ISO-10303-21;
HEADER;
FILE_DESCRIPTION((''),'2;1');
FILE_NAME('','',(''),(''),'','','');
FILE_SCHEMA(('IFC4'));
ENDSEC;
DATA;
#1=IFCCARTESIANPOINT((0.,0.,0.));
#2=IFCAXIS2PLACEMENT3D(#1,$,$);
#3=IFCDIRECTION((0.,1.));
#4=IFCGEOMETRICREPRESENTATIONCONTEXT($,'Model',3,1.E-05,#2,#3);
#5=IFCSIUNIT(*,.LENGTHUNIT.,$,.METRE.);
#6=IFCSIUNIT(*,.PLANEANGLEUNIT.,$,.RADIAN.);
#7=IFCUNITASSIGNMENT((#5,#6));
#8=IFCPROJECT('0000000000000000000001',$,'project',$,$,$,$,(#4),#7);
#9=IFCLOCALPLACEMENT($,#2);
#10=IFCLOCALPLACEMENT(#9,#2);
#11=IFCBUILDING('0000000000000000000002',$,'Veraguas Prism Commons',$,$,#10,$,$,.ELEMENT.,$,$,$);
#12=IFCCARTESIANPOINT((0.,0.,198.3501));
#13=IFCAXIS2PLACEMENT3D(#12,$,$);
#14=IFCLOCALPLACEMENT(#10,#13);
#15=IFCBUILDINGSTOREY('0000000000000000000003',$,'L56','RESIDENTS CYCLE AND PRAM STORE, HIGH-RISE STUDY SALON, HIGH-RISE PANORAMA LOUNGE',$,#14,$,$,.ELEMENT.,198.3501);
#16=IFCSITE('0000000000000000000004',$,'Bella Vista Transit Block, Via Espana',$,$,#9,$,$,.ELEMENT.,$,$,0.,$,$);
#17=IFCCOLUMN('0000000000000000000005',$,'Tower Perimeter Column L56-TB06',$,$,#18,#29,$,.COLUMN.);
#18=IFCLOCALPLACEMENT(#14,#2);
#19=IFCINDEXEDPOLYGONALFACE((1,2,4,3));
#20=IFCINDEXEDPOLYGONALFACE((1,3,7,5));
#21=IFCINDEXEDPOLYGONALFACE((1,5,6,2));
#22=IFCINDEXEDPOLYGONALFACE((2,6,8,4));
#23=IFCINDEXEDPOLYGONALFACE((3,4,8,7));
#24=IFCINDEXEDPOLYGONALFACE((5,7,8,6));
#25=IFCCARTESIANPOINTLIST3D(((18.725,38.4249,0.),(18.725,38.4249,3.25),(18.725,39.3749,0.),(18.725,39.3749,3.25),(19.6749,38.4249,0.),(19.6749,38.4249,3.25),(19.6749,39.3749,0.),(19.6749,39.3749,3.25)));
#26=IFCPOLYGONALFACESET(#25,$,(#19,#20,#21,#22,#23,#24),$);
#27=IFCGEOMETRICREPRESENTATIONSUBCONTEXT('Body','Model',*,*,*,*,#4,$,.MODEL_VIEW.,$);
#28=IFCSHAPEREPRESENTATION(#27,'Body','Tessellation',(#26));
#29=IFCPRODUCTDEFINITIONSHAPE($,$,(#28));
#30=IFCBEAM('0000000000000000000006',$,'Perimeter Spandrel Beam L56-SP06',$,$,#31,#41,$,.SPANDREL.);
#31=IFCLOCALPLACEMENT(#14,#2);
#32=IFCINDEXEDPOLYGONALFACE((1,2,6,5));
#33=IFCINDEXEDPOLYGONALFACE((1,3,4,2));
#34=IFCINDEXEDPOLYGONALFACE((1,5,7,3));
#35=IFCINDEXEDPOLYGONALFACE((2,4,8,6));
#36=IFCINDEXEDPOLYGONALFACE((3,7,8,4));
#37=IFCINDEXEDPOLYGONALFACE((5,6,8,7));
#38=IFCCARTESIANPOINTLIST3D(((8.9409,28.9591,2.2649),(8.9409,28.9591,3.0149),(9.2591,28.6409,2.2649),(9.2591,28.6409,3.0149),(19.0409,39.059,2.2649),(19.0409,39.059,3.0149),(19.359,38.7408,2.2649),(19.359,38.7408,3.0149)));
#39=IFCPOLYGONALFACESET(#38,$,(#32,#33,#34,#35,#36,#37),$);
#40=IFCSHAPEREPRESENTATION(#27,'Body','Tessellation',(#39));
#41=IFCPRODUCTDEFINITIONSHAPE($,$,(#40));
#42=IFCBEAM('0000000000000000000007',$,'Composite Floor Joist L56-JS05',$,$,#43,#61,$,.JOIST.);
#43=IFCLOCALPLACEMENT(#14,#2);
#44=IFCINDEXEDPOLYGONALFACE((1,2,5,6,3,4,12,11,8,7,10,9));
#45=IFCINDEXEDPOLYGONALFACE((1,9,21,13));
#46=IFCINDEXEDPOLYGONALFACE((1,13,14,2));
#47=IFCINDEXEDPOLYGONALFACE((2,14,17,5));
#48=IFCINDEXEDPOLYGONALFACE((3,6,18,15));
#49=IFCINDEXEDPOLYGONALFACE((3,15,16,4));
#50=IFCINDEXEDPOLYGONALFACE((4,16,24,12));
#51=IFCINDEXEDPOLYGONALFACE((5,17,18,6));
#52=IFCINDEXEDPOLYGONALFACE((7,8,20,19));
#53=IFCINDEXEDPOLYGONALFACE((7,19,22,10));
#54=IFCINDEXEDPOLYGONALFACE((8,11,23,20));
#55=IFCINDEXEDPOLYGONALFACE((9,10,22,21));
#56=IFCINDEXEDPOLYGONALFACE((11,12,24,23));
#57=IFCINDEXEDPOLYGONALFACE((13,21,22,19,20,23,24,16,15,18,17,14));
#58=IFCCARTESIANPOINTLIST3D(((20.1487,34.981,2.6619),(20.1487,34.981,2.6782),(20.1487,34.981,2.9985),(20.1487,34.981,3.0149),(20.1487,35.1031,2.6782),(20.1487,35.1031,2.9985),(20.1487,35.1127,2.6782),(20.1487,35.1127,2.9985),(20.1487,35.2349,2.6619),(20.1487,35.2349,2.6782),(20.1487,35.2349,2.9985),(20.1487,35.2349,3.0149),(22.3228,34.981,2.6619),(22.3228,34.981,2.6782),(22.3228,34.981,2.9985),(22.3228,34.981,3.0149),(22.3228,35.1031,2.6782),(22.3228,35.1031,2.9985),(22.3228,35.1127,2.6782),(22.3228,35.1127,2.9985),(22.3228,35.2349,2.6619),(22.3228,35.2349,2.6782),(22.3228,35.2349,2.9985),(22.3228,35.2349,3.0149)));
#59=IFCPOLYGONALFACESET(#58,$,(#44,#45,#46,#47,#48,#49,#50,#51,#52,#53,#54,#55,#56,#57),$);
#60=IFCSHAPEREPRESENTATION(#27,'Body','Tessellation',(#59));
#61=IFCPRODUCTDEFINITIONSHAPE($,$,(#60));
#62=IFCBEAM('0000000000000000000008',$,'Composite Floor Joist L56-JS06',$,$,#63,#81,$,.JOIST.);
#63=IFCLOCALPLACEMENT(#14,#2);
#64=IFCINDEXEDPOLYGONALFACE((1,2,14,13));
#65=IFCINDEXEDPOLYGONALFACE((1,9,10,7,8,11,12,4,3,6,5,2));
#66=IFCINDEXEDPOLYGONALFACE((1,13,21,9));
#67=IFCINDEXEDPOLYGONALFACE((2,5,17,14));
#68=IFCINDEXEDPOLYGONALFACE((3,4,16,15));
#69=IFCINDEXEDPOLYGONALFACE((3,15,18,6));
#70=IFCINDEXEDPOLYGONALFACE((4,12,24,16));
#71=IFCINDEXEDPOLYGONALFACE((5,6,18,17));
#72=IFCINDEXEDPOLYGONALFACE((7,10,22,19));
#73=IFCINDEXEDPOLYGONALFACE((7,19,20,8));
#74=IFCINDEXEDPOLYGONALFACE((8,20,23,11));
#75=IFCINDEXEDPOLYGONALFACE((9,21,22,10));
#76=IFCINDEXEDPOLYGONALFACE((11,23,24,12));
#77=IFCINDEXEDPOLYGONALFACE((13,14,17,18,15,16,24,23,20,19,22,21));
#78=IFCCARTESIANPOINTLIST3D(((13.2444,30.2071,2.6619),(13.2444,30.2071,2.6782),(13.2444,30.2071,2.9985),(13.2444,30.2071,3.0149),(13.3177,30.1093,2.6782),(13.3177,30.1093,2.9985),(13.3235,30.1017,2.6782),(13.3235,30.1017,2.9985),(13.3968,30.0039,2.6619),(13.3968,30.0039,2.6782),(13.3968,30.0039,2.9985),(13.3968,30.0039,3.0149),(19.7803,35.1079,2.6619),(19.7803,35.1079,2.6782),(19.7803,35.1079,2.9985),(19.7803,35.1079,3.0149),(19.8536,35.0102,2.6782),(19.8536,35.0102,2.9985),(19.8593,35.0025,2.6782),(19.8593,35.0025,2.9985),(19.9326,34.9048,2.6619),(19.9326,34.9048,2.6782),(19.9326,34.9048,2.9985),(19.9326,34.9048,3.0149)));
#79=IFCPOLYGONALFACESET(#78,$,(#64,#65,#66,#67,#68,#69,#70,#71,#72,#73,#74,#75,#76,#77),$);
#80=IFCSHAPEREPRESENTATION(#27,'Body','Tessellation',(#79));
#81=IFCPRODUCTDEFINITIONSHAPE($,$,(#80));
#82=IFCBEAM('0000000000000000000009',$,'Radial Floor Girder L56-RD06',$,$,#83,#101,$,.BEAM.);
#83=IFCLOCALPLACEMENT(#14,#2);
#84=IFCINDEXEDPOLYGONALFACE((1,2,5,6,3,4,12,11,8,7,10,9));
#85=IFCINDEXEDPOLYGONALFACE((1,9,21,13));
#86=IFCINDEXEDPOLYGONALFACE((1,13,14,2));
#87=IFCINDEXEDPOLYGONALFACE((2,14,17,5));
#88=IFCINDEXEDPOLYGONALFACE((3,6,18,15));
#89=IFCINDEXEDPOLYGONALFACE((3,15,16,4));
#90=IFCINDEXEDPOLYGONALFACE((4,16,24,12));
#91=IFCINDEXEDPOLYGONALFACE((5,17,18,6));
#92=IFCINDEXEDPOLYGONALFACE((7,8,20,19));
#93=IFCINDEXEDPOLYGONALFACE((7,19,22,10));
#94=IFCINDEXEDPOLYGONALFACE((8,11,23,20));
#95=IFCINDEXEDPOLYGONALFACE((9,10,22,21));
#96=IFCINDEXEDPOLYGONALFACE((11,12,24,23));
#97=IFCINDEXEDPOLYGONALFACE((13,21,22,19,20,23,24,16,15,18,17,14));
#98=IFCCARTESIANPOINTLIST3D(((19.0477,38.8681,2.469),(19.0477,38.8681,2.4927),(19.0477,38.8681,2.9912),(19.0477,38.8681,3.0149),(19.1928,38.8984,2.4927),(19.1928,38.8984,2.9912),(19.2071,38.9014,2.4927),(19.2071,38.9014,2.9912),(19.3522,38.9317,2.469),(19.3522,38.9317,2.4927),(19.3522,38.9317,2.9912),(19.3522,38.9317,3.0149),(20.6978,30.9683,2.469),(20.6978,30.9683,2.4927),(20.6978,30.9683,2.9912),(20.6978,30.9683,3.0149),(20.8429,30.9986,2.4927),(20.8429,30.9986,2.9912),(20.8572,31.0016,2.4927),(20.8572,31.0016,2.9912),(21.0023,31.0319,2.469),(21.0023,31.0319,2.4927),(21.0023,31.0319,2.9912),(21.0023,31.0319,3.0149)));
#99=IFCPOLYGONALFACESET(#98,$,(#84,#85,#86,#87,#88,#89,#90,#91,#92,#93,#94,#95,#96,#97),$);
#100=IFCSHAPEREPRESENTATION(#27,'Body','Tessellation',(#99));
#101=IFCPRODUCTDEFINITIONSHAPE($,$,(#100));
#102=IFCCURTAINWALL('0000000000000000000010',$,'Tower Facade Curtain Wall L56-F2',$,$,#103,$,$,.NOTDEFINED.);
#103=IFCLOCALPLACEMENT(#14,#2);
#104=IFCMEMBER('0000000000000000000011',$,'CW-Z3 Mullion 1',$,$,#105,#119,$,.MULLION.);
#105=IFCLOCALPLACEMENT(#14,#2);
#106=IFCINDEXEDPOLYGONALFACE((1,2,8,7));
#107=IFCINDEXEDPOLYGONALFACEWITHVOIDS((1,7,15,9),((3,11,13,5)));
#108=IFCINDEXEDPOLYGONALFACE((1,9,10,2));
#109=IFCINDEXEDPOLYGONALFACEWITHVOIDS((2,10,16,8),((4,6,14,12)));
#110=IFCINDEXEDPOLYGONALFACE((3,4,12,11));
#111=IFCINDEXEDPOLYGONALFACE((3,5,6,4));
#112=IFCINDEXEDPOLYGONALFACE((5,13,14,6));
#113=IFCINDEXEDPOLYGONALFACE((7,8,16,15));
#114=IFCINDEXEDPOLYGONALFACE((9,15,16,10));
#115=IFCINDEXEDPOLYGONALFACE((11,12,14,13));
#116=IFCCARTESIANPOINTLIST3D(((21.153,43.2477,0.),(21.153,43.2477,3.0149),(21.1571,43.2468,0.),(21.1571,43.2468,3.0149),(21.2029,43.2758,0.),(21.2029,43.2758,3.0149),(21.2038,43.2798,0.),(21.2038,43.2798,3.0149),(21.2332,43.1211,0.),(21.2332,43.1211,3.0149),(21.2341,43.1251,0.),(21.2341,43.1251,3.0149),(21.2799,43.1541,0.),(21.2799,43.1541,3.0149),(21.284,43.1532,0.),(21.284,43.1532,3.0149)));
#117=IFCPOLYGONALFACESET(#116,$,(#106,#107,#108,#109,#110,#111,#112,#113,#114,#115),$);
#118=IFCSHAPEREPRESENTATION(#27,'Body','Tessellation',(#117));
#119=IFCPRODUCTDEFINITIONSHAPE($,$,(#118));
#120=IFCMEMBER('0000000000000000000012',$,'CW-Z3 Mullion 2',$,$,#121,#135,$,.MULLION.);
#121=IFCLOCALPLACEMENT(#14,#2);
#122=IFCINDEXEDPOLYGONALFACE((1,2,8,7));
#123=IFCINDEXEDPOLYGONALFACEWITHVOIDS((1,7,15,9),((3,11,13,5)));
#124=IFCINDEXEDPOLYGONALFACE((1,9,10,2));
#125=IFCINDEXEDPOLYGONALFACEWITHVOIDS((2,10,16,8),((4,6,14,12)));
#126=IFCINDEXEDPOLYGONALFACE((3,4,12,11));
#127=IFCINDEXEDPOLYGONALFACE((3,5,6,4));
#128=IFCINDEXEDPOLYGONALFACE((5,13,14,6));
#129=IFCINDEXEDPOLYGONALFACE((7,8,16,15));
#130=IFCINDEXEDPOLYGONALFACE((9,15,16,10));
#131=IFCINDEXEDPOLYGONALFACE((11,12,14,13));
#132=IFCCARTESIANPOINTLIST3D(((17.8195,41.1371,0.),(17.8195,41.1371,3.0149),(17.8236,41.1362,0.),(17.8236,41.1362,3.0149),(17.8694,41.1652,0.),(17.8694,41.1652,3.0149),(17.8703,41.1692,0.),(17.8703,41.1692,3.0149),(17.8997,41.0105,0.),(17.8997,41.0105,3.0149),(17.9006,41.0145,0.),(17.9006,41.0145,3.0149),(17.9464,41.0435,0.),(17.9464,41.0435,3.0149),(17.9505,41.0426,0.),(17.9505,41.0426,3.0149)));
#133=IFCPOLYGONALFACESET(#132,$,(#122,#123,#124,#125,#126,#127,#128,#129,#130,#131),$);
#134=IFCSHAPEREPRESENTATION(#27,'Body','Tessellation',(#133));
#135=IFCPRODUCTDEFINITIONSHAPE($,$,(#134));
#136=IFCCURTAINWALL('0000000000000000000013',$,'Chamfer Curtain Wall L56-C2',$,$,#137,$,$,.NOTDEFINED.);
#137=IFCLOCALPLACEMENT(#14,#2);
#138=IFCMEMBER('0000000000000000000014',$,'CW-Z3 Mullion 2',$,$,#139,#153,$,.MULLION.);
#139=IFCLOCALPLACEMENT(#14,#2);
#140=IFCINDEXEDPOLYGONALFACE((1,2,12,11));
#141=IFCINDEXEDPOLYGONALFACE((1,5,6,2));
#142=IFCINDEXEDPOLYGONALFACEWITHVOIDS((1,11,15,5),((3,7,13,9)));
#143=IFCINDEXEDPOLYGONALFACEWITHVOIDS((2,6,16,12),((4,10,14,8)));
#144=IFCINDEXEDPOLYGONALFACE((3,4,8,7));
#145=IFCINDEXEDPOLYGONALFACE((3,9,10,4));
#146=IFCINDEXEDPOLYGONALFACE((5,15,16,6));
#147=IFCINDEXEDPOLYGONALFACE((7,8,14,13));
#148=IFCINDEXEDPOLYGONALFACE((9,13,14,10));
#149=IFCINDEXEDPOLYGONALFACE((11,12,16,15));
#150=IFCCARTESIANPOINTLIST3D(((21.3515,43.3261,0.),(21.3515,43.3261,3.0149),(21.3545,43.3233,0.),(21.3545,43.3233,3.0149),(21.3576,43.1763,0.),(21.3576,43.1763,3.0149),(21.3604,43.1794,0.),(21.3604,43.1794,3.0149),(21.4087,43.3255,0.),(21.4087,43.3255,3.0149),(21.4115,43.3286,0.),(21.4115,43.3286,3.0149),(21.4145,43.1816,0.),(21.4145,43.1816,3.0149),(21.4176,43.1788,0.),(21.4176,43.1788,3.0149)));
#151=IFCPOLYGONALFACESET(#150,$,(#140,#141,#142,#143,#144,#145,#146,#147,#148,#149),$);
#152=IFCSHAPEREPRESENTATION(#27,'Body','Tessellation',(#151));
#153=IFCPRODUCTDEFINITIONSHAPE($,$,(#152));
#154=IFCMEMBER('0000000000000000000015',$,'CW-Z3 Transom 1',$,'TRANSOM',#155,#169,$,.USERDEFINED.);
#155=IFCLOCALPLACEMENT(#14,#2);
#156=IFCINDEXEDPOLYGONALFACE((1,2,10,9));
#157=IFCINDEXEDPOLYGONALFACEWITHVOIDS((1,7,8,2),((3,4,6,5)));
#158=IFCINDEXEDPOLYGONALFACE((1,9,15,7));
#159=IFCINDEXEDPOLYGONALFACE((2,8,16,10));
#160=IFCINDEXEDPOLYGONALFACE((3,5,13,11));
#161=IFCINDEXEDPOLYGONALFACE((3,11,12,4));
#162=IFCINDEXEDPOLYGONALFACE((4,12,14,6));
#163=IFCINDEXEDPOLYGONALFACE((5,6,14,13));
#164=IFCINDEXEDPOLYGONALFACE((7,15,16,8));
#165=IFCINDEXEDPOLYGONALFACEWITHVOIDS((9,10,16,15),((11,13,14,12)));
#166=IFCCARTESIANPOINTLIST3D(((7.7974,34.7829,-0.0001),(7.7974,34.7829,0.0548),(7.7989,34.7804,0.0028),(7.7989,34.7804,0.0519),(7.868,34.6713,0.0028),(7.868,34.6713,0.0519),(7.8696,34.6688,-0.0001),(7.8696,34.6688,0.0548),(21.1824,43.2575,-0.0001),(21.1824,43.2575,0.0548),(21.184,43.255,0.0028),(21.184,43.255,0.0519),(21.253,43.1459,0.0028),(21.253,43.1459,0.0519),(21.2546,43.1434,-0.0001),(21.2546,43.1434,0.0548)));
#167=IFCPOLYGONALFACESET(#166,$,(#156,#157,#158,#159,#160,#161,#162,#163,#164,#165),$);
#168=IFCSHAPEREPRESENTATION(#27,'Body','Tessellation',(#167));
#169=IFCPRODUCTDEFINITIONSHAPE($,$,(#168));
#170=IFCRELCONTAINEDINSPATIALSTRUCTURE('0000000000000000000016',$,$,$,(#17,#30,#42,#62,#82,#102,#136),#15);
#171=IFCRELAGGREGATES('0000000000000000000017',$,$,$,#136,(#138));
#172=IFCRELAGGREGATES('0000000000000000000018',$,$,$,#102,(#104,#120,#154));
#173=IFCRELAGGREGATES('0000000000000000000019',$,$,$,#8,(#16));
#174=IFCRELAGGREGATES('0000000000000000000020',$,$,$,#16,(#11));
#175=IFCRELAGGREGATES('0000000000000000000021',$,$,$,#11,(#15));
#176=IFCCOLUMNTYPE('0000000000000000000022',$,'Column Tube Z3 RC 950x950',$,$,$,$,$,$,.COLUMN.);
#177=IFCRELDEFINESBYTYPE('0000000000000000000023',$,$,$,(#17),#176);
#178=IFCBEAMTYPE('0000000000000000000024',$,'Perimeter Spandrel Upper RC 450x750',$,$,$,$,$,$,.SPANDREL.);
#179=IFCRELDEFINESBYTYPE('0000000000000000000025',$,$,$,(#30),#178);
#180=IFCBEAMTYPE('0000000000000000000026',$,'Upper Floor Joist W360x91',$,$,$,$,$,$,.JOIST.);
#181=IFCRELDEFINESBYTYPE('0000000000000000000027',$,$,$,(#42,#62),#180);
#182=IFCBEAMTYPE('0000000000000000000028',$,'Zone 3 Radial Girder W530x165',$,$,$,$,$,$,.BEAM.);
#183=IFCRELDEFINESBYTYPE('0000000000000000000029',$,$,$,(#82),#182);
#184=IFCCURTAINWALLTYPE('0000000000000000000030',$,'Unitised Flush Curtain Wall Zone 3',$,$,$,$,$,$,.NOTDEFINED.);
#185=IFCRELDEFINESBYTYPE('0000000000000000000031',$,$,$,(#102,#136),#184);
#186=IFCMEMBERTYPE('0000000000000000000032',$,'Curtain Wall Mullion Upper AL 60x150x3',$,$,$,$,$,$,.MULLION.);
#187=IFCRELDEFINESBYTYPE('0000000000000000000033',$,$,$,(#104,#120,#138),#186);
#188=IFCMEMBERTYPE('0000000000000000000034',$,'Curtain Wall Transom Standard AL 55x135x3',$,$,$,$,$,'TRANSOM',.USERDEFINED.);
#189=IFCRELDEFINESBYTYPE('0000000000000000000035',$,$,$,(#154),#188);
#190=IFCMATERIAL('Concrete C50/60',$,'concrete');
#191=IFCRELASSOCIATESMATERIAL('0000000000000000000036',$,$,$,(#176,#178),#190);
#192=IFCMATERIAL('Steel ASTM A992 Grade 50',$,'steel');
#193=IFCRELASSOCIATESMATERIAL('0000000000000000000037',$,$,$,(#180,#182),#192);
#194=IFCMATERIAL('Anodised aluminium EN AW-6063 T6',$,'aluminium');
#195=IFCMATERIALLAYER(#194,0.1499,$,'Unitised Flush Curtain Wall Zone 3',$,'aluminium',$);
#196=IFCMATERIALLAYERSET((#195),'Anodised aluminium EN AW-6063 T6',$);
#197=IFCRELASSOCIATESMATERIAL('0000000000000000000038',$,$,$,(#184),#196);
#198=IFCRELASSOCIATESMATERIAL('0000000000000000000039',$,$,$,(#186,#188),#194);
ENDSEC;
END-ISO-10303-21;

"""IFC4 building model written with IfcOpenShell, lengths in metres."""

from ifc_helpers import new_model, si_unit, direction, frame, origin, origin_2d, place, context, subcontext, project, spatial, rectangle, hollow_rectangle, i_section, extrude, source, transform, mapped, material, layer, layer_set, material_profile, profile_set, type_object, element, aggregate, save


model = new_model("IFC4")

# Units and contexts
model_context = context("Model", 3, precision=1e-05, world=origin(), true_north=direction((0.0, 1.0)))
body_context = subcontext(model_context, "Body", "Model", "MODEL_VIEW")
ifc_project = project(units=[si_unit("LENGTHUNIT", "METRE"), si_unit("PLANEANGLEUNIT", "RADIAN")], contexts=[model_context])

# Site, building, storey
site_placement = place(None, origin())
site = spatial("IfcSite", under=ifc_project, at=site_placement, Name="Bella Vista Transit Block, Via Espana", CompositionType="ELEMENT", RefElevation=0.0)
building_placement = place(site_placement, origin())
building = spatial("IfcBuilding", under=site, at=building_placement, Name="Veraguas Prism Commons", CompositionType="ELEMENT")
storey_placement = place(building_placement, frame((0.0, 0.0, 198.3501)))
storey = spatial("IfcBuildingStorey", under=building, at=storey_placement, Name="L56", Description="RESIDENTS CYCLE AND PRAM STORE, HIGH-RISE STUDY SALON, HIGH-RISE PANORAMA LOUNGE", CompositionType="ELEMENT", Elevation=198.3501)

# Column
ifc_material_1 = material(Name="Concrete C50/60", Category="concrete")
ifc_material_profile_1 = material_profile(ifc_material_1, rectangle(XDim=0.95, YDim=0.95, at=origin_2d()), Name="RC950X950")
ifc_profile_set_1 = profile_set([ifc_material_profile_1], Name="Concrete C50/60")
column_type = type_object("IfcColumnType", Name="Column Tube Z3 RC 950x950", PredefinedType="COLUMN", material=ifc_profile_set_1)
column_placement = place(storey_placement, frame((19.2, 38.8999, 0.0), z_axis=(0.0, 0.0, 1.0), x_axis=(1.0, 0.0, 0.0)))
element("IfcColumn", 1, at=column_placement, inside=storey, type_object=column_type, Name="Tower Perimeter Column L56-TB06", PredefinedType="COLUMN", context=body_context, shape_type="SweptSolid", body=[
    extrude(rectangle(XDim=0.95, YDim=0.95, at=origin_2d()), origin(), (0.0, 0.0, 1.0), 3.25),
])

# Beams
ifc_material_profile_2 = material_profile(ifc_material_1, rectangle(XDim=0.45, YDim=0.75, at=origin_2d()), Name="RC450X750")
ifc_profile_set_2 = profile_set([ifc_material_profile_2], Name="Concrete C50/60")
beam_type_1 = type_object("IfcBeamType", Name="Perimeter Spandrel Upper RC 450x750", PredefinedType="SPANDREL", material=ifc_profile_set_2)
beam_1_placement = place(storey_placement, frame((19.2, 38.8999, 2.6399), z_axis=(-0.707107, -0.707107, 0.0), x_axis=(0.707107, -0.707107, 0.0)))
element("IfcBeam", 2, at=beam_1_placement, inside=storey, type_object=beam_type_1, Name="Perimeter Spandrel Beam L56-SP06", PredefinedType="SPANDREL", context=body_context, shape_type="SweptSolid", body=[
    extrude(rectangle(XDim=0.45, YDim=0.75, at=origin_2d()), origin(), (0.0, 0.0, 1.0), 14.2834),
])
ifc_material_2 = material(Name="Steel ASTM A992 Grade 50", Category="steel")
ifc_material_profile_3 = material_profile(ifc_material_2, i_section(OverallWidth=0.2539, OverallDepth=0.353, WebThickness=0.0095, FlangeThickness=0.0164, at=origin_2d()), Name="W360X91")
ifc_profile_set_3 = profile_set([ifc_material_profile_3], Name="Steel ASTM A992 Grade 50")
beam_type_2 = type_object("IfcBeamType", Name="Upper Floor Joist W360x91", PredefinedType="JOIST", material=ifc_profile_set_3)
beam_2_placement = place(storey_placement, frame((22.3228, 35.1079, 2.8384), z_axis=(-1.0, 0.0, 0.0), x_axis=(0.0, -1.0, 0.0)))
element("IfcBeam", 3, at=beam_2_placement, inside=storey, type_object=beam_type_2, Name="Composite Floor Joist L56-JS05", PredefinedType="JOIST", context=body_context, shape_type="SweptSolid", body=[
    extrude(i_section(OverallWidth=0.2539, OverallDepth=0.353, WebThickness=0.0095, FlangeThickness=0.0164, at=origin_2d()), origin(), (0.0, 0.0, 1.0), 2.1741),
])
beam_3_placement = place(storey_placement, frame((19.8564, 35.0063, 2.8384), z_axis=(-0.800061, -0.599919, 0.0), x_axis=(0.599919, -0.800061, 0.0)))
element("IfcBeam", 4, at=beam_3_placement, inside=storey, type_object=beam_type_2, Name="Composite Floor Joist L56-JS06", PredefinedType="JOIST", context=body_context, shape_type="SweptSolid", body=[
    extrude(i_section(OverallWidth=0.2539, OverallDepth=0.353, WebThickness=0.0095, FlangeThickness=0.0164, at=origin_2d()), origin(), (0.0, 0.0, 1.0), 8.1692),
])
ifc_material_profile_4 = material_profile(ifc_material_2, i_section(OverallWidth=0.311, OverallDepth=0.5459, WebThickness=0.0146, FlangeThickness=0.0237, at=origin_2d()), Name="W530X165")
ifc_profile_set_4 = profile_set([ifc_material_profile_4], Name="Steel ASTM A992 Grade 50")
beam_type_3 = type_object("IfcBeamType", Name="Zone 3 Radial Girder W530x165", PredefinedType="BEAM", material=ifc_profile_set_4)
beam_4_placement = place(storey_placement, frame((19.2, 38.8999, 2.7419), z_axis=(0.204469, -0.978873, 0.0), x_axis=(0.978873, 0.204469, 0.0)))
element("IfcBeam", 5, at=beam_4_placement, inside=storey, type_object=beam_type_3, Name="Radial Floor Girder L56-RD06", PredefinedType="BEAM", context=body_context, shape_type="SweptSolid", body=[
    extrude(i_section(OverallWidth=0.311, OverallDepth=0.5459, WebThickness=0.0146, FlangeThickness=0.0237, at=origin_2d()), origin(), (0.0, 0.0, 1.0), 8.0703),
])

# Curtain wall, members
ifc_material_3 = material(Name="Anodised aluminium EN AW-6063 T6", Category="aluminium")
ifc_layer_1 = layer(ifc_material_3, 0.1499, Name="Unitised Flush Curtain Wall Zone 3", Category="aluminium")
ifc_layer_set_1 = layer_set([ifc_layer_1], Name="Anodised aluminium EN AW-6063 T6")
curtain_wall_type = type_object("IfcCurtainWallType", Name="Unitised Flush Curtain Wall Zone 3", PredefinedType="NOTDEFINED", material=ifc_layer_set_1)
curtain_wall_1_placement = place(storey_placement, origin())
curtain_wall_1 = element("IfcCurtainWall", 6, at=curtain_wall_1_placement, inside=storey, type_object=curtain_wall_type, Name="Tower Facade Curtain Wall L56-F2", PredefinedType="NOTDEFINED")
ifc_material_profile_5 = material_profile(ifc_material_3, hollow_rectangle(XDim=0.0601, YDim=0.1499, WallThickness=0.0029, at=origin_2d()), Name="AL60X150X3")
ifc_profile_set_5 = profile_set([ifc_material_profile_5], Name="Anodised aluminium EN AW-6063 T6")
member_type_1 = type_object("IfcMemberType", Name="Curtain Wall Mullion Upper AL 60x150x3", PredefinedType="MULLION", material=ifc_profile_set_5)
shared_shape_1 = source(origin(), body_context, "Body", "SweptSolid", [
    extrude(hollow_rectangle(XDim=0.0601, YDim=0.1499, WallThickness=0.0029, at=origin_2d()), origin(), (0.0, 0.0, 1.0), 3.0149),
])
member_1_placement = place(storey_placement, frame((21.2185, 43.2004, 0.0), z_axis=(0.0, 0.0, 1.0), x_axis=(-0.844887, -0.534945, 0.0)))
member_1 = element("IfcMember", 7, at=member_1_placement, type_object=member_type_1, Name="CW-Z3 Mullion 1", PredefinedType="MULLION", context=body_context, shape_type="MappedRepresentation", body=[
    mapped(shared_shape_1, transform((0.0, 0.0, 0.0), scale=1.0)),
])
member_2_placement = place(storey_placement, frame((17.885, 41.0898, 0.0), z_axis=(0.0, 0.0, 1.0), x_axis=(-0.844887, -0.534945, 0.0)))
member_2 = element("IfcMember", 8, at=member_2_placement, type_object=member_type_1, Name="CW-Z3 Mullion 2", PredefinedType="MULLION", context=body_context, shape_type="MappedRepresentation", body=[
    mapped(shared_shape_1, transform((0.0, 0.0, 0.0), scale=1.0)),
])

# Curtain wall, member
curtain_wall_2_placement = place(storey_placement, origin())
curtain_wall_2 = element("IfcCurtainWall", 9, at=curtain_wall_2_placement, inside=storey, type_object=curtain_wall_type, Name="Chamfer Curtain Wall L56-C2", PredefinedType="NOTDEFINED")
member_3_placement = place(storey_placement, frame((21.3845, 43.2524, 0.0), z_axis=(0.0, 0.0, 1.0), x_axis=(-0.999167, -0.040814, 0.0)))
member_3 = element("IfcMember", 10, at=member_3_placement, type_object=member_type_1, Name="CW-Z3 Mullion 2", PredefinedType="MULLION", context=body_context, shape_type="MappedRepresentation", body=[
    mapped(shared_shape_1, transform((0.0, 0.0, 0.0), scale=1.0)),
])
aggregate(curtain_wall_2, [member_3])

# Member
ifc_material_profile_6 = material_profile(ifc_material_3, hollow_rectangle(XDim=0.0549, YDim=0.135, WallThickness=0.0029, at=origin_2d()), Name="AL55X135X3")
ifc_profile_set_6 = profile_set([ifc_material_profile_6], Name="Anodised aluminium EN AW-6063 T6")
member_type_2 = type_object("IfcMemberType", Name="Curtain Wall Transom Standard AL 55x135x3", ElementType="TRANSOM", PredefinedType="USERDEFINED", material=ifc_profile_set_6)
shared_shape_2 = source(origin(), body_context, "Body", "SweptSolid", [
    extrude(hollow_rectangle(XDim=0.0549, YDim=0.135, WallThickness=0.0029, at=origin_2d()), origin(), (0.0, 0.0, 1.0), 15.8423),
])
member_4_placement = place(storey_placement, frame((21.2185, 43.2004, 0.0273), z_axis=(-0.844892, -0.534937, 0.0), x_axis=(0.0, 0.0, 1.0)))
member_4 = element("IfcMember", 11, at=member_4_placement, type_object=member_type_2, Name="CW-Z3 Transom 1", ObjectType="TRANSOM", PredefinedType="USERDEFINED", context=body_context, shape_type="MappedRepresentation", body=[
    mapped(shared_shape_2, transform((0.0, 0.0, 0.0), scale=1.0)),
])

aggregate(curtain_wall_1, [member_1, member_2, member_4])

save(model, "model.ifc")
